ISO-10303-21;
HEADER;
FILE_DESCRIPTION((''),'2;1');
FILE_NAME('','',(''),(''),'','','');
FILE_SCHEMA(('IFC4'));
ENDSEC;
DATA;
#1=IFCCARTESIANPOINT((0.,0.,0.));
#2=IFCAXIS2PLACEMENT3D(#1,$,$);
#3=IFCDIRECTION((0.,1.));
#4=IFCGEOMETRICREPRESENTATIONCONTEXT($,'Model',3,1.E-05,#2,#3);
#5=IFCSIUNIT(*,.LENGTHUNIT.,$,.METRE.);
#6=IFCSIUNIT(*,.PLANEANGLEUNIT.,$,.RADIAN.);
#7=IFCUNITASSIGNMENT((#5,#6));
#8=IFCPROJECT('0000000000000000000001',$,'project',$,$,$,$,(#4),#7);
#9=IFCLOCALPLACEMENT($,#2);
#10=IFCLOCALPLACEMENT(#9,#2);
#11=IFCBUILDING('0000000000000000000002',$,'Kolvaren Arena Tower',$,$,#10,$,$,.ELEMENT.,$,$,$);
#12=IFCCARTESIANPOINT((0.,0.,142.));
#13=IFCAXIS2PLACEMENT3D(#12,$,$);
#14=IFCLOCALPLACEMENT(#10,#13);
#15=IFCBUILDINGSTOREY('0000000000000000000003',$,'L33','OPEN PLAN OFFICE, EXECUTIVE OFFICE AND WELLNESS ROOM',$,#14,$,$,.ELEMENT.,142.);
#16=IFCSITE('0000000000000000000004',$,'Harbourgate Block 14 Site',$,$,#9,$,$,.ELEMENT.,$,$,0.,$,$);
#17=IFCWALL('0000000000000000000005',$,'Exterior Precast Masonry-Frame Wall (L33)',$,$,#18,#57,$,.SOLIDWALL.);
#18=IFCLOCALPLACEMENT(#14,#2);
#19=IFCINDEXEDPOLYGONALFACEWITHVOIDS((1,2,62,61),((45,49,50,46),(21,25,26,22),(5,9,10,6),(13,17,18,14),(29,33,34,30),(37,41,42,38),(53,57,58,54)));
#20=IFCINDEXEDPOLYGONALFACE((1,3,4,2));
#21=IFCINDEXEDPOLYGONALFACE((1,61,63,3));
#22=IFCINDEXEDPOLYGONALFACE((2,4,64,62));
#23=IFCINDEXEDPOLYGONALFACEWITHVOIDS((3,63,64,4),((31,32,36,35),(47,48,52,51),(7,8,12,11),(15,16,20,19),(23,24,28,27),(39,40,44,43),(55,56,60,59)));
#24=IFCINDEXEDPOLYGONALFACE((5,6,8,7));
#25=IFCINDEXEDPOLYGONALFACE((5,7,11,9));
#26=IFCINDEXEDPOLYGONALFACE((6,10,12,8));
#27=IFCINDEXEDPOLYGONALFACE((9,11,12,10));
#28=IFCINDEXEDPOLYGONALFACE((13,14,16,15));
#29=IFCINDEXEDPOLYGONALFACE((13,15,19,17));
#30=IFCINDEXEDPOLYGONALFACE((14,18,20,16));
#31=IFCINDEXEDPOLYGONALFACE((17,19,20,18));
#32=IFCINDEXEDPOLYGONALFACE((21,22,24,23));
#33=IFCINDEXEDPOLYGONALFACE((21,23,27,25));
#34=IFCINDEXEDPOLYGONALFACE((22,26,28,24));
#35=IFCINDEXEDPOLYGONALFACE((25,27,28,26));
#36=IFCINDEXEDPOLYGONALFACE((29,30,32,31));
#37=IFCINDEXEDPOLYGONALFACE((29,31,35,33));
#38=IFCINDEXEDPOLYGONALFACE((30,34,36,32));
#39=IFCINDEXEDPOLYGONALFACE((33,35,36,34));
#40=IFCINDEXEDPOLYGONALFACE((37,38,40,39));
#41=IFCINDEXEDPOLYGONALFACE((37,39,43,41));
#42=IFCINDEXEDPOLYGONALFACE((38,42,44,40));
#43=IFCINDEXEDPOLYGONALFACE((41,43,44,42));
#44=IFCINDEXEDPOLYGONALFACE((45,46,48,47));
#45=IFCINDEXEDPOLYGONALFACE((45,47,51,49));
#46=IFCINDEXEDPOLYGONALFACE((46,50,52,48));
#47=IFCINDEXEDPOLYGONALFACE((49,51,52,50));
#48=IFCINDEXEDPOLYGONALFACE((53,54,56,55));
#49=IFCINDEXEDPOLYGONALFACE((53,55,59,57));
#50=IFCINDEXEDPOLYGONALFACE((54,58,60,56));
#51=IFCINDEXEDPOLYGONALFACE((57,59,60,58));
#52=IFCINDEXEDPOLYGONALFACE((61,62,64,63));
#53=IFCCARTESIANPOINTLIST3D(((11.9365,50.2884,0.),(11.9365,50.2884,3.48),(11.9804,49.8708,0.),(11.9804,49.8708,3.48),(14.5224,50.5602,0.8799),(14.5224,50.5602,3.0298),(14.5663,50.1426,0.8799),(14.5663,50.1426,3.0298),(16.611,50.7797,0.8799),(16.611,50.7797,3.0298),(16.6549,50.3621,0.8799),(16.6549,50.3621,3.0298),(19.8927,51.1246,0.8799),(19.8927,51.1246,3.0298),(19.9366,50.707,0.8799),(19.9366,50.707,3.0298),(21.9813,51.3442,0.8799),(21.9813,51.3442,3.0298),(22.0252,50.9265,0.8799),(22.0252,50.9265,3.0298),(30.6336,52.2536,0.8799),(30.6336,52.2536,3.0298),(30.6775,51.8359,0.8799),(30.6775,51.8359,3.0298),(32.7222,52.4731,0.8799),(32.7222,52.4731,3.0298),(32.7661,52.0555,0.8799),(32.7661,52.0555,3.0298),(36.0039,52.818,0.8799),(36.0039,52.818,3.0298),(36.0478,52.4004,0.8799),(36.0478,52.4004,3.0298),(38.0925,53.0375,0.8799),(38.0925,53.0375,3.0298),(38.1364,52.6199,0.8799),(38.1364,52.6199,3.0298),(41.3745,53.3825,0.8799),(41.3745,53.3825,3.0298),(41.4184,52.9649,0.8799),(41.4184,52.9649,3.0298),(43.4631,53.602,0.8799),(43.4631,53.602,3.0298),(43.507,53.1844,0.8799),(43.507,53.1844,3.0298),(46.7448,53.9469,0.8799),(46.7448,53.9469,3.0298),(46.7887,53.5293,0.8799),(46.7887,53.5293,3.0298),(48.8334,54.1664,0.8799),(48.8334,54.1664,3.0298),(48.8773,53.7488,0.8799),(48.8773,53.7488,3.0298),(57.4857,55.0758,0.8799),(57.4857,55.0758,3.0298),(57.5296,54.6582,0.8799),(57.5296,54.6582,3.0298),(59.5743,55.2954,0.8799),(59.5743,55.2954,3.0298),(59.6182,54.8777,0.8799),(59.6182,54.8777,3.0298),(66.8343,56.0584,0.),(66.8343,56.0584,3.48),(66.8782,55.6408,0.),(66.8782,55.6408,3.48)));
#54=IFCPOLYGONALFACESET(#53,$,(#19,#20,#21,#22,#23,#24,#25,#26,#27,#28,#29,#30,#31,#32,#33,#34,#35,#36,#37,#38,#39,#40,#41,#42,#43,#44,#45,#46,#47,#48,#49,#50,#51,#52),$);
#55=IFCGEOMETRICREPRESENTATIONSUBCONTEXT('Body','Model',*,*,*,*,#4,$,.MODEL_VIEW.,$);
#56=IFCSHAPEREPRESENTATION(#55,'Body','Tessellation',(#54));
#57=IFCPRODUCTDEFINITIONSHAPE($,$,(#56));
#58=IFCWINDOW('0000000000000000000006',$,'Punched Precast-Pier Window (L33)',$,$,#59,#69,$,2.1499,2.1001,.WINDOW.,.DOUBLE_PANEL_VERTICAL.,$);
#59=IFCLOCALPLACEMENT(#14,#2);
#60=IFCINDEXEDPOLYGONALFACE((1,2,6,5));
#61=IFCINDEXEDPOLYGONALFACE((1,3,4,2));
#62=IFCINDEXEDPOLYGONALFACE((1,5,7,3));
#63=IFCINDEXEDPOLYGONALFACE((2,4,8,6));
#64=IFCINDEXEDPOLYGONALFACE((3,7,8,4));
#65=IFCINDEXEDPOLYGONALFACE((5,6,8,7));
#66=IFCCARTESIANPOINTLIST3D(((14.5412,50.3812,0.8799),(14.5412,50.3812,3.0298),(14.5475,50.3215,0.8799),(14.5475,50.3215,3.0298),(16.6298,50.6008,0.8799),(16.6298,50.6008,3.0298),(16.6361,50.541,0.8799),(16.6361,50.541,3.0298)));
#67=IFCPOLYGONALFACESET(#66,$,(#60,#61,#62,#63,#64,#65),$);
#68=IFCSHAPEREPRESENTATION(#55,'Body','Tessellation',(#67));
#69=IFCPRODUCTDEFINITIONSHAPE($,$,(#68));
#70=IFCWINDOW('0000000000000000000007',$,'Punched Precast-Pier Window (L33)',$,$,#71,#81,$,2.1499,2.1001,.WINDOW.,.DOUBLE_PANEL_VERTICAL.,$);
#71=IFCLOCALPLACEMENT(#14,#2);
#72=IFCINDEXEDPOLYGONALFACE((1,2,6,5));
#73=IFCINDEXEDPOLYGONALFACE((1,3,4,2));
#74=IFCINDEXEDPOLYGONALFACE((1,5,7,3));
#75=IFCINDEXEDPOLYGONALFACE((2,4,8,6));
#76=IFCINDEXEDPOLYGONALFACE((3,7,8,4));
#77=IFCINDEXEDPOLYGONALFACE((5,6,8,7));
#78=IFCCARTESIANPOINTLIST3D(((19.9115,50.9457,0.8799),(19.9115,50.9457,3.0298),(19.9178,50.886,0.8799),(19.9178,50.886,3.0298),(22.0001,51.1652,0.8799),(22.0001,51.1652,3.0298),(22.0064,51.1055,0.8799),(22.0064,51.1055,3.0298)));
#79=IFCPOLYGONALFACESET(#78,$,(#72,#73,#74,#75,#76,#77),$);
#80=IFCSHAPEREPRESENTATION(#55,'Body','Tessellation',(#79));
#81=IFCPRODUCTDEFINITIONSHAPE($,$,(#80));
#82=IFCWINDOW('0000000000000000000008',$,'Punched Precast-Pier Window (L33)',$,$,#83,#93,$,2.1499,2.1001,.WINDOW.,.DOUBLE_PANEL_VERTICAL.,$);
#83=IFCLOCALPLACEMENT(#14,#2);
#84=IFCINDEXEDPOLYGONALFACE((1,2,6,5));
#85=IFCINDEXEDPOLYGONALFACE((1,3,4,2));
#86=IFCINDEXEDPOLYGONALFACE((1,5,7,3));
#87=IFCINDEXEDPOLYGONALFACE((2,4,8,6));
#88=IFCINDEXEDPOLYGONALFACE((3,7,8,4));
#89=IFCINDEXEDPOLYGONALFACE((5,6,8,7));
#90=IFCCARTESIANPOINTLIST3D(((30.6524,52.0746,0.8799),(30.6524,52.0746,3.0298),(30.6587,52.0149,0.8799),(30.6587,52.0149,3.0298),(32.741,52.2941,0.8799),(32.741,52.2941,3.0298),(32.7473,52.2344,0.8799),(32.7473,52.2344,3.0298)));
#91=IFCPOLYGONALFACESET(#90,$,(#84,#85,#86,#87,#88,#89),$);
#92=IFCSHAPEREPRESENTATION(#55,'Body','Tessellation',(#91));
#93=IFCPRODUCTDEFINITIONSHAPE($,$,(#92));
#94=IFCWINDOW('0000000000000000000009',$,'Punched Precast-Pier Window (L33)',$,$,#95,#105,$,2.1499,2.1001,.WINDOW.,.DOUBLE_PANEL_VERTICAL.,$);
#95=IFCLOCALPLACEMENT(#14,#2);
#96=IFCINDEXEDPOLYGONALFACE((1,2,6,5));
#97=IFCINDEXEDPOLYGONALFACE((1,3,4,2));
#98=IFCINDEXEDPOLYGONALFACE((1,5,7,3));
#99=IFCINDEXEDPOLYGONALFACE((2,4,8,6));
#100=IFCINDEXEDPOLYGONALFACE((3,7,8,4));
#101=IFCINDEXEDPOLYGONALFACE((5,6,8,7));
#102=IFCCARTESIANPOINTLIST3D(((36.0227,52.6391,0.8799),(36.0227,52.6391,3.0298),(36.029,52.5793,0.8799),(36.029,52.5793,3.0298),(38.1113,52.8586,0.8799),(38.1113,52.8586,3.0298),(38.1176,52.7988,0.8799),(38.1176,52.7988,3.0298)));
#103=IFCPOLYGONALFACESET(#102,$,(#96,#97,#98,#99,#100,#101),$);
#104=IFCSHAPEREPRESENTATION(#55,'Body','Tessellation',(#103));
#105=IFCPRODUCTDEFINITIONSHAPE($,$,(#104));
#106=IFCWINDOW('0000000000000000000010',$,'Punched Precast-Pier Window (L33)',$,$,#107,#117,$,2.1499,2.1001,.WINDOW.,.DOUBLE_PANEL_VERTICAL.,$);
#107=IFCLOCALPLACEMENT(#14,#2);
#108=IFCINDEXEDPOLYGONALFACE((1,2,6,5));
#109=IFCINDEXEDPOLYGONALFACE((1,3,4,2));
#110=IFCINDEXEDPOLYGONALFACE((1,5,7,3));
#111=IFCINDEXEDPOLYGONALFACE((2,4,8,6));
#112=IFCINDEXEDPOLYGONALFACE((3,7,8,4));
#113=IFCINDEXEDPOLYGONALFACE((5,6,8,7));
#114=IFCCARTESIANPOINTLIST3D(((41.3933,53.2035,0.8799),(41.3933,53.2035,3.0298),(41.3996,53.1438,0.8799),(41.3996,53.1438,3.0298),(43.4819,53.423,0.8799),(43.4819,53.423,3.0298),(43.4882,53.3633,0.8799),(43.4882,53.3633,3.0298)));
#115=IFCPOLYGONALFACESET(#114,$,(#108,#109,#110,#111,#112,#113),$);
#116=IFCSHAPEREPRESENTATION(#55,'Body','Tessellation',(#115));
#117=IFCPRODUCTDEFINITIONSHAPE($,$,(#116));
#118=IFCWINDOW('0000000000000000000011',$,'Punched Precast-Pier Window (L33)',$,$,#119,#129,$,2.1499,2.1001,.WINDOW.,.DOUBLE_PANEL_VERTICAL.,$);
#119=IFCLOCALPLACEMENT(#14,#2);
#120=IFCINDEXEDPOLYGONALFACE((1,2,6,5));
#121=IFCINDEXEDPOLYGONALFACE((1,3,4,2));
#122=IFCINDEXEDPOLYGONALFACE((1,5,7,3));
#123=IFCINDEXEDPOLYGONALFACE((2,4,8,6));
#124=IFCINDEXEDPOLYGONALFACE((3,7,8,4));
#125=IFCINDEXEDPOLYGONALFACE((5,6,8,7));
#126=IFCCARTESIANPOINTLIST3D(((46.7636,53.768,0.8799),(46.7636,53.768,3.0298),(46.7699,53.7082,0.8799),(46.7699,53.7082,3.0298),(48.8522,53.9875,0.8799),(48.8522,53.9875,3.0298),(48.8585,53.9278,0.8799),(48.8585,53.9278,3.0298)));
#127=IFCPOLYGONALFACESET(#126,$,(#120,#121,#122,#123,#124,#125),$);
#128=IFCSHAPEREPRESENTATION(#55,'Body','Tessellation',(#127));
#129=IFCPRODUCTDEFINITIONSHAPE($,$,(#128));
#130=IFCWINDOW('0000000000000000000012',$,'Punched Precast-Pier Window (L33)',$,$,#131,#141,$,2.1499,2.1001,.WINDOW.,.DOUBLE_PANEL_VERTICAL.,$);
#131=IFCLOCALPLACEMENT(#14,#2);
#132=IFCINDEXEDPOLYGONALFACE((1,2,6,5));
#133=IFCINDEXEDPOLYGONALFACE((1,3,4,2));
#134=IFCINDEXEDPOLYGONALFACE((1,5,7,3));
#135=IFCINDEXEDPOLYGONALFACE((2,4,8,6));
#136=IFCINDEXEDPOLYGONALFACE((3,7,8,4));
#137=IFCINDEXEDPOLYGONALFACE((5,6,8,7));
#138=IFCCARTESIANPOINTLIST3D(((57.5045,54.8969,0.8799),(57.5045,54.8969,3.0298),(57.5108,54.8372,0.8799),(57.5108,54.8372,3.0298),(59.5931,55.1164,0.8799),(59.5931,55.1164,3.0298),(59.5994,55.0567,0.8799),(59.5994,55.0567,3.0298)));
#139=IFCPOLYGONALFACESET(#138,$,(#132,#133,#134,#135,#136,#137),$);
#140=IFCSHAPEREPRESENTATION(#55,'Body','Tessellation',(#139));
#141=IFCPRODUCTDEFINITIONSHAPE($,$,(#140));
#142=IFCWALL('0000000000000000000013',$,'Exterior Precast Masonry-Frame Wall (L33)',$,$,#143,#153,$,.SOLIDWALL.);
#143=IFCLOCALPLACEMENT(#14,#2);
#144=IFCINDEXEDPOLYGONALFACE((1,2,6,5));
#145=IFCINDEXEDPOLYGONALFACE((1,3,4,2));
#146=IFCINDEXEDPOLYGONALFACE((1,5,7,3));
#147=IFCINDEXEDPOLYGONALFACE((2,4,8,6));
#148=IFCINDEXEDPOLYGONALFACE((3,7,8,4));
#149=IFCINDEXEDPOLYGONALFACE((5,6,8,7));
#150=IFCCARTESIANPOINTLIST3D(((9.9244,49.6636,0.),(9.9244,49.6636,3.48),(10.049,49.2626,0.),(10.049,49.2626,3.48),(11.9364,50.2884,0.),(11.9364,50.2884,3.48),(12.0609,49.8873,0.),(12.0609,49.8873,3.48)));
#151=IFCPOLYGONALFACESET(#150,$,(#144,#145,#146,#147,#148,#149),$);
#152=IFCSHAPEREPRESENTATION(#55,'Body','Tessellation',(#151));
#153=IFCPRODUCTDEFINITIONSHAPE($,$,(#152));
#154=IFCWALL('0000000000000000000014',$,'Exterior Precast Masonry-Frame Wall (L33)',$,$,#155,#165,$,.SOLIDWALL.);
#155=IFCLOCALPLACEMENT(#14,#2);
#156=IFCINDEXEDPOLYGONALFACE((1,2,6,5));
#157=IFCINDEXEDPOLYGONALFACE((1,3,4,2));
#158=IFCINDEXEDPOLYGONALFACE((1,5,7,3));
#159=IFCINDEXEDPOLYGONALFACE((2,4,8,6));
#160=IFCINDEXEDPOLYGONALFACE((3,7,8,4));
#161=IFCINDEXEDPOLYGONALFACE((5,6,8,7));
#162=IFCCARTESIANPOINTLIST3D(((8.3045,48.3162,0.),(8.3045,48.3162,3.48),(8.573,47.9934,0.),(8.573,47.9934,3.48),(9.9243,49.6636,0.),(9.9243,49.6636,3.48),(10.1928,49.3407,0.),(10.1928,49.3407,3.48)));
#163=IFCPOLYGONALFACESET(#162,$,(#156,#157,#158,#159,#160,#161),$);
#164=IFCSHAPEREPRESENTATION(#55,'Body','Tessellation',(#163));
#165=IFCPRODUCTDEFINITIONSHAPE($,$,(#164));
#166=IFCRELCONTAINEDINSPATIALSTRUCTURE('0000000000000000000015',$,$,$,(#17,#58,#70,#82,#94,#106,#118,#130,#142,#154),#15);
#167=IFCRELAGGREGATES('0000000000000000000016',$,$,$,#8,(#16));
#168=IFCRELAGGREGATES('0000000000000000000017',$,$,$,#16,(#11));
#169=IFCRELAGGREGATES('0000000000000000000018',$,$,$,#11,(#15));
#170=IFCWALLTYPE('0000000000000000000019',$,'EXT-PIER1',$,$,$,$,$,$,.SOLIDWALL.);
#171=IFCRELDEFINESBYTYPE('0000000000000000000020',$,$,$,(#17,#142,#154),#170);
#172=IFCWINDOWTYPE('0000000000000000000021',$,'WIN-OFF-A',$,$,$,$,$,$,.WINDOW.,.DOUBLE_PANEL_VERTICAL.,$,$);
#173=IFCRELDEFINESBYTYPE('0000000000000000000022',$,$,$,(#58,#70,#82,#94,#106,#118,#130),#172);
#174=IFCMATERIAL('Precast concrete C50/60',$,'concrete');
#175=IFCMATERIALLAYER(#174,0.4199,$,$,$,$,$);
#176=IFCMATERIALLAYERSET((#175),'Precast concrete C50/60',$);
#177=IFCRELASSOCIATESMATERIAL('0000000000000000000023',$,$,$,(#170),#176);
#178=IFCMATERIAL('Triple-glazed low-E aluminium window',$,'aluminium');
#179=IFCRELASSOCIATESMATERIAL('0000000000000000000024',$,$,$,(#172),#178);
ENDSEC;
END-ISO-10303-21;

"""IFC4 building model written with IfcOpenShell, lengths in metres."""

from ifc_helpers import new_model, si_unit, direction, frame, frame_2d, origin, place, context, subcontext, project, spatial, rectangle, extrude, material, layer, layer_set, type_object, element, fill, save


model = new_model("IFC4")

# Units and contexts
model_context = context("Model", 3, precision=1e-05, world=origin(), true_north=direction((0.0, 1.0)))
body_context = subcontext(model_context, "Body", "Model", "MODEL_VIEW")
ifc_project = project(units=[si_unit("LENGTHUNIT", "METRE"), si_unit("PLANEANGLEUNIT", "RADIAN")], contexts=[model_context])

# Site, building, storey
site_placement = place(None, origin())
site = spatial("IfcSite", under=ifc_project, at=site_placement, Name="Harbourgate Block 14 Site", CompositionType="ELEMENT", RefElevation=0.0)
building_placement = place(site_placement, origin())
building = spatial("IfcBuilding", under=site, at=building_placement, Name="Kolvaren Arena Tower", CompositionType="ELEMENT")
storey_placement = place(building_placement, frame((0.0, 0.0, 142.0)))
storey = spatial("IfcBuildingStorey", under=building, at=storey_placement, Name="L33", Description="OPEN PLAN OFFICE, EXECUTIVE OFFICE AND WELLNESS ROOM", CompositionType="ELEMENT", Elevation=142.0)

# Wall, openings, windows
ifc_material_1 = material(Name="Precast concrete C50/60", Category="concrete")
ifc_layer_1 = layer(ifc_material_1, 0.4199)
ifc_layer_set_1 = layer_set([ifc_layer_1], Name="Precast concrete C50/60")
wall_type_1 = type_object("IfcWallType", Name="EXT-PIER1", PredefinedType="SOLIDWALL", material=ifc_layer_set_1)
wall_1_placement = place(storey_placement, frame((11.9585, 50.0796, 0.0), z_axis=(0.0, 0.0, 1.0), x_axis=(0.994522, 0.104529, 0.0)))
wall_1 = element("IfcWall", 1, at=wall_1_placement, inside=storey, type_object=wall_type_1, Name="Exterior Precast Masonry-Frame Wall (L33)", PredefinedType="SOLIDWALL", context=body_context, shape_type="SweptSolid", body=[
    extrude(rectangle(XDim=55.2002, YDim=0.4199, at=frame_2d((27.6001, 0.0))), origin(), (0.0, 0.0, 1.0), 3.48),
])
opening_1_placement = place(wall_1_placement, frame((2.6001, 0.0, 0.8799)))
opening_1 = element("IfcOpeningElement", 2, at=opening_1_placement, cuts=wall_1, PredefinedType="OPENING", context=body_context, shape_type="SweptSolid", body=[
    extrude(rectangle(XDim=2.1001, YDim=2.1499, at=frame_2d((1.05, 1.075))), frame((0.0, 0.22, 0.0), z_axis=(0.0, -1.0, 0.0), x_axis=(1.0, 0.0, 0.0)), (0.0, 0.0, 1.0), 0.4399),
])
opening_2_placement = place(wall_1_placement, frame((8.0, 0.0, 0.8799)))
opening_2 = element("IfcOpeningElement", 3, at=opening_2_placement, cuts=wall_1, PredefinedType="OPENING", context=body_context, shape_type="SweptSolid", body=[
    extrude(rectangle(XDim=2.1001, YDim=2.1499, at=frame_2d((1.05, 1.075))), frame((0.0, 0.22, 0.0), z_axis=(0.0, -1.0, 0.0), x_axis=(1.0, 0.0, 0.0)), (0.0, 0.0, 1.0), 0.4399),
])
opening_3_placement = place(wall_1_placement, frame((18.8, 0.0, 0.8799)))
opening_3 = element("IfcOpeningElement", 4, at=opening_3_placement, cuts=wall_1, PredefinedType="OPENING", context=body_context, shape_type="SweptSolid", body=[
    extrude(rectangle(XDim=2.1001, YDim=2.1499, at=frame_2d((1.05, 1.075))), frame((0.0, 0.22, 0.0), z_axis=(0.0, -1.0, 0.0), x_axis=(1.0, 0.0, 0.0)), (0.0, 0.0, 1.0), 0.4399),
])
opening_4_placement = place(wall_1_placement, frame((24.2, 0.0, 0.8799)))
opening_4 = element("IfcOpeningElement", 5, at=opening_4_placement, cuts=wall_1, PredefinedType="OPENING", context=body_context, shape_type="SweptSolid", body=[
    extrude(rectangle(XDim=2.1001, YDim=2.1499, at=frame_2d((1.05, 1.075))), frame((0.0, 0.22, 0.0), z_axis=(0.0, -1.0, 0.0), x_axis=(1.0, 0.0, 0.0)), (0.0, 0.0, 1.0), 0.4399),
])
opening_5_placement = place(wall_1_placement, frame((29.6001, 0.0, 0.8799)))
opening_5 = element("IfcOpeningElement", 6, at=opening_5_placement, cuts=wall_1, PredefinedType="OPENING", context=body_context, shape_type="SweptSolid", body=[
    extrude(rectangle(XDim=2.1001, YDim=2.1499, at=frame_2d((1.05, 1.075))), frame((0.0, 0.22, 0.0), z_axis=(0.0, -1.0, 0.0), x_axis=(1.0, 0.0, 0.0)), (0.0, 0.0, 1.0), 0.4399),
])
opening_6_placement = place(wall_1_placement, frame((35.0, 0.0, 0.8799)))
opening_6 = element("IfcOpeningElement", 7, at=opening_6_placement, cuts=wall_1, PredefinedType="OPENING", context=body_context, shape_type="SweptSolid", body=[
    extrude(rectangle(XDim=2.1001, YDim=2.1499, at=frame_2d((1.05, 1.075))), frame((0.0, 0.22, 0.0), z_axis=(0.0, -1.0, 0.0), x_axis=(1.0, 0.0, 0.0)), (0.0, 0.0, 1.0), 0.4399),
])
opening_7_placement = place(wall_1_placement, frame((45.8, 0.0, 0.8799)))
opening_7 = element("IfcOpeningElement", 8, at=opening_7_placement, cuts=wall_1, PredefinedType="OPENING", context=body_context, shape_type="SweptSolid", body=[
    extrude(rectangle(XDim=2.1001, YDim=2.1499, at=frame_2d((1.05, 1.075))), frame((0.0, 0.22, 0.0), z_axis=(0.0, -1.0, 0.0), x_axis=(1.0, 0.0, 0.0)), (0.0, 0.0, 1.0), 0.4399),
])
ifc_material_2 = material(Name="Triple-glazed low-E aluminium window", Category="aluminium")
window_type = type_object("IfcWindowType", Name="WIN-OFF-A", PartitioningType="DOUBLE_PANEL_VERTICAL", PredefinedType="WINDOW", material=ifc_material_2)
window_1_placement = place(opening_1_placement, origin())
window_1 = element("IfcWindow", 9, at=window_1_placement, inside=storey, type_object=window_type, Name="Punched Precast-Pier Window (L33)", OverallHeight=2.1499, OverallWidth=2.1001, PartitioningType="DOUBLE_PANEL_VERTICAL", PredefinedType="WINDOW", context=body_context, shape_type="SweptSolid", body=[
    extrude(rectangle(XDim=2.1001, YDim=2.1499, at=frame_2d((1.05, 1.075))), frame((0.0, 0.03, 0.0), z_axis=(0.0, -1.0, 0.0), x_axis=(1.0, 0.0, 0.0)), (0.0, 0.0, 1.0), 0.0601),
])
fill(opening_1, window_1)
window_2_placement = place(opening_2_placement, origin())
window_2 = element("IfcWindow", 10, at=window_2_placement, inside=storey, type_object=window_type, Name="Punched Precast-Pier Window (L33)", OverallHeight=2.1499, OverallWidth=2.1001, PartitioningType="DOUBLE_PANEL_VERTICAL", PredefinedType="WINDOW", context=body_context, shape_type="SweptSolid", body=[
    extrude(rectangle(XDim=2.1001, YDim=2.1499, at=frame_2d((1.05, 1.075))), frame((0.0, 0.03, 0.0), z_axis=(0.0, -1.0, 0.0), x_axis=(1.0, 0.0, 0.0)), (0.0, 0.0, 1.0), 0.0601),
])
fill(opening_2, window_2)
window_3_placement = place(opening_3_placement, origin())
window_3 = element("IfcWindow", 11, at=window_3_placement, inside=storey, type_object=window_type, Name="Punched Precast-Pier Window (L33)", OverallHeight=2.1499, OverallWidth=2.1001, PartitioningType="DOUBLE_PANEL_VERTICAL", PredefinedType="WINDOW", context=body_context, shape_type="SweptSolid", body=[
    extrude(rectangle(XDim=2.1001, YDim=2.1499, at=frame_2d((1.05, 1.075))), frame((0.0, 0.03, 0.0), z_axis=(0.0, -1.0, 0.0), x_axis=(1.0, 0.0, 0.0)), (0.0, 0.0, 1.0), 0.0601),
])
fill(opening_3, window_3)
window_4_placement = place(opening_4_placement, origin())
window_4 = element("IfcWindow", 12, at=window_4_placement, inside=storey, type_object=window_type, Name="Punched Precast-Pier Window (L33)", OverallHeight=2.1499, OverallWidth=2.1001, PartitioningType="DOUBLE_PANEL_VERTICAL", PredefinedType="WINDOW", context=body_context, shape_type="SweptSolid", body=[
    extrude(rectangle(XDim=2.1001, YDim=2.1499, at=frame_2d((1.05, 1.075))), frame((0.0, 0.03, 0.0), z_axis=(0.0, -1.0, 0.0), x_axis=(1.0, 0.0, 0.0)), (0.0, 0.0, 1.0), 0.0601),
])
fill(opening_4, window_4)
window_5_placement = place(opening_5_placement, origin())
window_5 = element("IfcWindow", 13, at=window_5_placement, inside=storey, type_object=window_type, Name="Punched Precast-Pier Window (L33)", OverallHeight=2.1499, OverallWidth=2.1001, PartitioningType="DOUBLE_PANEL_VERTICAL", PredefinedType="WINDOW", context=body_context, shape_type="SweptSolid", body=[
    extrude(rectangle(XDim=2.1001, YDim=2.1499, at=frame_2d((1.05, 1.075))), frame((0.0, 0.03, 0.0), z_axis=(0.0, -1.0, 0.0), x_axis=(1.0, 0.0, 0.0)), (0.0, 0.0, 1.0), 0.0601),
])
fill(opening_5, window_5)
window_6_placement = place(opening_6_placement, origin())
window_6 = element("IfcWindow", 14, at=window_6_placement, inside=storey, type_object=window_type, Name="Punched Precast-Pier Window (L33)", OverallHeight=2.1499, OverallWidth=2.1001, PartitioningType="DOUBLE_PANEL_VERTICAL", PredefinedType="WINDOW", context=body_context, shape_type="SweptSolid", body=[
    extrude(rectangle(XDim=2.1001, YDim=2.1499, at=frame_2d((1.05, 1.075))), frame((0.0, 0.03, 0.0), z_axis=(0.0, -1.0, 0.0), x_axis=(1.0, 0.0, 0.0)), (0.0, 0.0, 1.0), 0.0601),
])
fill(opening_6, window_6)
window_7_placement = place(opening_7_placement, origin())
window_7 = element("IfcWindow", 15, at=window_7_placement, inside=storey, type_object=window_type, Name="Punched Precast-Pier Window (L33)", OverallHeight=2.1499, OverallWidth=2.1001, PartitioningType="DOUBLE_PANEL_VERTICAL", PredefinedType="WINDOW", context=body_context, shape_type="SweptSolid", body=[
    extrude(rectangle(XDim=2.1001, YDim=2.1499, at=frame_2d((1.05, 1.075))), frame((0.0, 0.03, 0.0), z_axis=(0.0, -1.0, 0.0), x_axis=(1.0, 0.0, 0.0)), (0.0, 0.0, 1.0), 0.0601),
])
fill(opening_7, window_7)

# Walls
wall_2_placement = place(storey_placement, frame((9.9868, 49.4631, 0.0), z_axis=(0.0, 0.0, 1.0), x_axis=(0.955017, 0.296552, 0.0)))
element("IfcWall", 16, at=wall_2_placement, inside=storey, type_object=wall_type_1, Name="Exterior Precast Masonry-Frame Wall (L33)", PredefinedType="SOLIDWALL", context=body_context, shape_type="SweptSolid", body=[
    extrude(rectangle(XDim=2.1067, YDim=0.4199, at=frame_2d((1.0532, 0.0))), origin(), (0.0, 0.0, 1.0), 3.48),
])
wall_3_placement = place(storey_placement, frame((8.4387, 48.1548, 0.0), z_axis=(0.0, 0.0, 1.0), x_axis=(0.7688, 0.639489, 0.0)))
element("IfcWall", 17, at=wall_3_placement, inside=storey, type_object=wall_type_1, Name="Exterior Precast Masonry-Frame Wall (L33)", PredefinedType="SOLIDWALL", context=body_context, shape_type="SweptSolid", body=[
    extrude(rectangle(XDim=2.1069, YDim=0.4199, at=frame_2d((1.0535, 0.0))), origin(), (0.0, 0.0, 1.0), 3.48),
])

save(model, "model.ifc")
